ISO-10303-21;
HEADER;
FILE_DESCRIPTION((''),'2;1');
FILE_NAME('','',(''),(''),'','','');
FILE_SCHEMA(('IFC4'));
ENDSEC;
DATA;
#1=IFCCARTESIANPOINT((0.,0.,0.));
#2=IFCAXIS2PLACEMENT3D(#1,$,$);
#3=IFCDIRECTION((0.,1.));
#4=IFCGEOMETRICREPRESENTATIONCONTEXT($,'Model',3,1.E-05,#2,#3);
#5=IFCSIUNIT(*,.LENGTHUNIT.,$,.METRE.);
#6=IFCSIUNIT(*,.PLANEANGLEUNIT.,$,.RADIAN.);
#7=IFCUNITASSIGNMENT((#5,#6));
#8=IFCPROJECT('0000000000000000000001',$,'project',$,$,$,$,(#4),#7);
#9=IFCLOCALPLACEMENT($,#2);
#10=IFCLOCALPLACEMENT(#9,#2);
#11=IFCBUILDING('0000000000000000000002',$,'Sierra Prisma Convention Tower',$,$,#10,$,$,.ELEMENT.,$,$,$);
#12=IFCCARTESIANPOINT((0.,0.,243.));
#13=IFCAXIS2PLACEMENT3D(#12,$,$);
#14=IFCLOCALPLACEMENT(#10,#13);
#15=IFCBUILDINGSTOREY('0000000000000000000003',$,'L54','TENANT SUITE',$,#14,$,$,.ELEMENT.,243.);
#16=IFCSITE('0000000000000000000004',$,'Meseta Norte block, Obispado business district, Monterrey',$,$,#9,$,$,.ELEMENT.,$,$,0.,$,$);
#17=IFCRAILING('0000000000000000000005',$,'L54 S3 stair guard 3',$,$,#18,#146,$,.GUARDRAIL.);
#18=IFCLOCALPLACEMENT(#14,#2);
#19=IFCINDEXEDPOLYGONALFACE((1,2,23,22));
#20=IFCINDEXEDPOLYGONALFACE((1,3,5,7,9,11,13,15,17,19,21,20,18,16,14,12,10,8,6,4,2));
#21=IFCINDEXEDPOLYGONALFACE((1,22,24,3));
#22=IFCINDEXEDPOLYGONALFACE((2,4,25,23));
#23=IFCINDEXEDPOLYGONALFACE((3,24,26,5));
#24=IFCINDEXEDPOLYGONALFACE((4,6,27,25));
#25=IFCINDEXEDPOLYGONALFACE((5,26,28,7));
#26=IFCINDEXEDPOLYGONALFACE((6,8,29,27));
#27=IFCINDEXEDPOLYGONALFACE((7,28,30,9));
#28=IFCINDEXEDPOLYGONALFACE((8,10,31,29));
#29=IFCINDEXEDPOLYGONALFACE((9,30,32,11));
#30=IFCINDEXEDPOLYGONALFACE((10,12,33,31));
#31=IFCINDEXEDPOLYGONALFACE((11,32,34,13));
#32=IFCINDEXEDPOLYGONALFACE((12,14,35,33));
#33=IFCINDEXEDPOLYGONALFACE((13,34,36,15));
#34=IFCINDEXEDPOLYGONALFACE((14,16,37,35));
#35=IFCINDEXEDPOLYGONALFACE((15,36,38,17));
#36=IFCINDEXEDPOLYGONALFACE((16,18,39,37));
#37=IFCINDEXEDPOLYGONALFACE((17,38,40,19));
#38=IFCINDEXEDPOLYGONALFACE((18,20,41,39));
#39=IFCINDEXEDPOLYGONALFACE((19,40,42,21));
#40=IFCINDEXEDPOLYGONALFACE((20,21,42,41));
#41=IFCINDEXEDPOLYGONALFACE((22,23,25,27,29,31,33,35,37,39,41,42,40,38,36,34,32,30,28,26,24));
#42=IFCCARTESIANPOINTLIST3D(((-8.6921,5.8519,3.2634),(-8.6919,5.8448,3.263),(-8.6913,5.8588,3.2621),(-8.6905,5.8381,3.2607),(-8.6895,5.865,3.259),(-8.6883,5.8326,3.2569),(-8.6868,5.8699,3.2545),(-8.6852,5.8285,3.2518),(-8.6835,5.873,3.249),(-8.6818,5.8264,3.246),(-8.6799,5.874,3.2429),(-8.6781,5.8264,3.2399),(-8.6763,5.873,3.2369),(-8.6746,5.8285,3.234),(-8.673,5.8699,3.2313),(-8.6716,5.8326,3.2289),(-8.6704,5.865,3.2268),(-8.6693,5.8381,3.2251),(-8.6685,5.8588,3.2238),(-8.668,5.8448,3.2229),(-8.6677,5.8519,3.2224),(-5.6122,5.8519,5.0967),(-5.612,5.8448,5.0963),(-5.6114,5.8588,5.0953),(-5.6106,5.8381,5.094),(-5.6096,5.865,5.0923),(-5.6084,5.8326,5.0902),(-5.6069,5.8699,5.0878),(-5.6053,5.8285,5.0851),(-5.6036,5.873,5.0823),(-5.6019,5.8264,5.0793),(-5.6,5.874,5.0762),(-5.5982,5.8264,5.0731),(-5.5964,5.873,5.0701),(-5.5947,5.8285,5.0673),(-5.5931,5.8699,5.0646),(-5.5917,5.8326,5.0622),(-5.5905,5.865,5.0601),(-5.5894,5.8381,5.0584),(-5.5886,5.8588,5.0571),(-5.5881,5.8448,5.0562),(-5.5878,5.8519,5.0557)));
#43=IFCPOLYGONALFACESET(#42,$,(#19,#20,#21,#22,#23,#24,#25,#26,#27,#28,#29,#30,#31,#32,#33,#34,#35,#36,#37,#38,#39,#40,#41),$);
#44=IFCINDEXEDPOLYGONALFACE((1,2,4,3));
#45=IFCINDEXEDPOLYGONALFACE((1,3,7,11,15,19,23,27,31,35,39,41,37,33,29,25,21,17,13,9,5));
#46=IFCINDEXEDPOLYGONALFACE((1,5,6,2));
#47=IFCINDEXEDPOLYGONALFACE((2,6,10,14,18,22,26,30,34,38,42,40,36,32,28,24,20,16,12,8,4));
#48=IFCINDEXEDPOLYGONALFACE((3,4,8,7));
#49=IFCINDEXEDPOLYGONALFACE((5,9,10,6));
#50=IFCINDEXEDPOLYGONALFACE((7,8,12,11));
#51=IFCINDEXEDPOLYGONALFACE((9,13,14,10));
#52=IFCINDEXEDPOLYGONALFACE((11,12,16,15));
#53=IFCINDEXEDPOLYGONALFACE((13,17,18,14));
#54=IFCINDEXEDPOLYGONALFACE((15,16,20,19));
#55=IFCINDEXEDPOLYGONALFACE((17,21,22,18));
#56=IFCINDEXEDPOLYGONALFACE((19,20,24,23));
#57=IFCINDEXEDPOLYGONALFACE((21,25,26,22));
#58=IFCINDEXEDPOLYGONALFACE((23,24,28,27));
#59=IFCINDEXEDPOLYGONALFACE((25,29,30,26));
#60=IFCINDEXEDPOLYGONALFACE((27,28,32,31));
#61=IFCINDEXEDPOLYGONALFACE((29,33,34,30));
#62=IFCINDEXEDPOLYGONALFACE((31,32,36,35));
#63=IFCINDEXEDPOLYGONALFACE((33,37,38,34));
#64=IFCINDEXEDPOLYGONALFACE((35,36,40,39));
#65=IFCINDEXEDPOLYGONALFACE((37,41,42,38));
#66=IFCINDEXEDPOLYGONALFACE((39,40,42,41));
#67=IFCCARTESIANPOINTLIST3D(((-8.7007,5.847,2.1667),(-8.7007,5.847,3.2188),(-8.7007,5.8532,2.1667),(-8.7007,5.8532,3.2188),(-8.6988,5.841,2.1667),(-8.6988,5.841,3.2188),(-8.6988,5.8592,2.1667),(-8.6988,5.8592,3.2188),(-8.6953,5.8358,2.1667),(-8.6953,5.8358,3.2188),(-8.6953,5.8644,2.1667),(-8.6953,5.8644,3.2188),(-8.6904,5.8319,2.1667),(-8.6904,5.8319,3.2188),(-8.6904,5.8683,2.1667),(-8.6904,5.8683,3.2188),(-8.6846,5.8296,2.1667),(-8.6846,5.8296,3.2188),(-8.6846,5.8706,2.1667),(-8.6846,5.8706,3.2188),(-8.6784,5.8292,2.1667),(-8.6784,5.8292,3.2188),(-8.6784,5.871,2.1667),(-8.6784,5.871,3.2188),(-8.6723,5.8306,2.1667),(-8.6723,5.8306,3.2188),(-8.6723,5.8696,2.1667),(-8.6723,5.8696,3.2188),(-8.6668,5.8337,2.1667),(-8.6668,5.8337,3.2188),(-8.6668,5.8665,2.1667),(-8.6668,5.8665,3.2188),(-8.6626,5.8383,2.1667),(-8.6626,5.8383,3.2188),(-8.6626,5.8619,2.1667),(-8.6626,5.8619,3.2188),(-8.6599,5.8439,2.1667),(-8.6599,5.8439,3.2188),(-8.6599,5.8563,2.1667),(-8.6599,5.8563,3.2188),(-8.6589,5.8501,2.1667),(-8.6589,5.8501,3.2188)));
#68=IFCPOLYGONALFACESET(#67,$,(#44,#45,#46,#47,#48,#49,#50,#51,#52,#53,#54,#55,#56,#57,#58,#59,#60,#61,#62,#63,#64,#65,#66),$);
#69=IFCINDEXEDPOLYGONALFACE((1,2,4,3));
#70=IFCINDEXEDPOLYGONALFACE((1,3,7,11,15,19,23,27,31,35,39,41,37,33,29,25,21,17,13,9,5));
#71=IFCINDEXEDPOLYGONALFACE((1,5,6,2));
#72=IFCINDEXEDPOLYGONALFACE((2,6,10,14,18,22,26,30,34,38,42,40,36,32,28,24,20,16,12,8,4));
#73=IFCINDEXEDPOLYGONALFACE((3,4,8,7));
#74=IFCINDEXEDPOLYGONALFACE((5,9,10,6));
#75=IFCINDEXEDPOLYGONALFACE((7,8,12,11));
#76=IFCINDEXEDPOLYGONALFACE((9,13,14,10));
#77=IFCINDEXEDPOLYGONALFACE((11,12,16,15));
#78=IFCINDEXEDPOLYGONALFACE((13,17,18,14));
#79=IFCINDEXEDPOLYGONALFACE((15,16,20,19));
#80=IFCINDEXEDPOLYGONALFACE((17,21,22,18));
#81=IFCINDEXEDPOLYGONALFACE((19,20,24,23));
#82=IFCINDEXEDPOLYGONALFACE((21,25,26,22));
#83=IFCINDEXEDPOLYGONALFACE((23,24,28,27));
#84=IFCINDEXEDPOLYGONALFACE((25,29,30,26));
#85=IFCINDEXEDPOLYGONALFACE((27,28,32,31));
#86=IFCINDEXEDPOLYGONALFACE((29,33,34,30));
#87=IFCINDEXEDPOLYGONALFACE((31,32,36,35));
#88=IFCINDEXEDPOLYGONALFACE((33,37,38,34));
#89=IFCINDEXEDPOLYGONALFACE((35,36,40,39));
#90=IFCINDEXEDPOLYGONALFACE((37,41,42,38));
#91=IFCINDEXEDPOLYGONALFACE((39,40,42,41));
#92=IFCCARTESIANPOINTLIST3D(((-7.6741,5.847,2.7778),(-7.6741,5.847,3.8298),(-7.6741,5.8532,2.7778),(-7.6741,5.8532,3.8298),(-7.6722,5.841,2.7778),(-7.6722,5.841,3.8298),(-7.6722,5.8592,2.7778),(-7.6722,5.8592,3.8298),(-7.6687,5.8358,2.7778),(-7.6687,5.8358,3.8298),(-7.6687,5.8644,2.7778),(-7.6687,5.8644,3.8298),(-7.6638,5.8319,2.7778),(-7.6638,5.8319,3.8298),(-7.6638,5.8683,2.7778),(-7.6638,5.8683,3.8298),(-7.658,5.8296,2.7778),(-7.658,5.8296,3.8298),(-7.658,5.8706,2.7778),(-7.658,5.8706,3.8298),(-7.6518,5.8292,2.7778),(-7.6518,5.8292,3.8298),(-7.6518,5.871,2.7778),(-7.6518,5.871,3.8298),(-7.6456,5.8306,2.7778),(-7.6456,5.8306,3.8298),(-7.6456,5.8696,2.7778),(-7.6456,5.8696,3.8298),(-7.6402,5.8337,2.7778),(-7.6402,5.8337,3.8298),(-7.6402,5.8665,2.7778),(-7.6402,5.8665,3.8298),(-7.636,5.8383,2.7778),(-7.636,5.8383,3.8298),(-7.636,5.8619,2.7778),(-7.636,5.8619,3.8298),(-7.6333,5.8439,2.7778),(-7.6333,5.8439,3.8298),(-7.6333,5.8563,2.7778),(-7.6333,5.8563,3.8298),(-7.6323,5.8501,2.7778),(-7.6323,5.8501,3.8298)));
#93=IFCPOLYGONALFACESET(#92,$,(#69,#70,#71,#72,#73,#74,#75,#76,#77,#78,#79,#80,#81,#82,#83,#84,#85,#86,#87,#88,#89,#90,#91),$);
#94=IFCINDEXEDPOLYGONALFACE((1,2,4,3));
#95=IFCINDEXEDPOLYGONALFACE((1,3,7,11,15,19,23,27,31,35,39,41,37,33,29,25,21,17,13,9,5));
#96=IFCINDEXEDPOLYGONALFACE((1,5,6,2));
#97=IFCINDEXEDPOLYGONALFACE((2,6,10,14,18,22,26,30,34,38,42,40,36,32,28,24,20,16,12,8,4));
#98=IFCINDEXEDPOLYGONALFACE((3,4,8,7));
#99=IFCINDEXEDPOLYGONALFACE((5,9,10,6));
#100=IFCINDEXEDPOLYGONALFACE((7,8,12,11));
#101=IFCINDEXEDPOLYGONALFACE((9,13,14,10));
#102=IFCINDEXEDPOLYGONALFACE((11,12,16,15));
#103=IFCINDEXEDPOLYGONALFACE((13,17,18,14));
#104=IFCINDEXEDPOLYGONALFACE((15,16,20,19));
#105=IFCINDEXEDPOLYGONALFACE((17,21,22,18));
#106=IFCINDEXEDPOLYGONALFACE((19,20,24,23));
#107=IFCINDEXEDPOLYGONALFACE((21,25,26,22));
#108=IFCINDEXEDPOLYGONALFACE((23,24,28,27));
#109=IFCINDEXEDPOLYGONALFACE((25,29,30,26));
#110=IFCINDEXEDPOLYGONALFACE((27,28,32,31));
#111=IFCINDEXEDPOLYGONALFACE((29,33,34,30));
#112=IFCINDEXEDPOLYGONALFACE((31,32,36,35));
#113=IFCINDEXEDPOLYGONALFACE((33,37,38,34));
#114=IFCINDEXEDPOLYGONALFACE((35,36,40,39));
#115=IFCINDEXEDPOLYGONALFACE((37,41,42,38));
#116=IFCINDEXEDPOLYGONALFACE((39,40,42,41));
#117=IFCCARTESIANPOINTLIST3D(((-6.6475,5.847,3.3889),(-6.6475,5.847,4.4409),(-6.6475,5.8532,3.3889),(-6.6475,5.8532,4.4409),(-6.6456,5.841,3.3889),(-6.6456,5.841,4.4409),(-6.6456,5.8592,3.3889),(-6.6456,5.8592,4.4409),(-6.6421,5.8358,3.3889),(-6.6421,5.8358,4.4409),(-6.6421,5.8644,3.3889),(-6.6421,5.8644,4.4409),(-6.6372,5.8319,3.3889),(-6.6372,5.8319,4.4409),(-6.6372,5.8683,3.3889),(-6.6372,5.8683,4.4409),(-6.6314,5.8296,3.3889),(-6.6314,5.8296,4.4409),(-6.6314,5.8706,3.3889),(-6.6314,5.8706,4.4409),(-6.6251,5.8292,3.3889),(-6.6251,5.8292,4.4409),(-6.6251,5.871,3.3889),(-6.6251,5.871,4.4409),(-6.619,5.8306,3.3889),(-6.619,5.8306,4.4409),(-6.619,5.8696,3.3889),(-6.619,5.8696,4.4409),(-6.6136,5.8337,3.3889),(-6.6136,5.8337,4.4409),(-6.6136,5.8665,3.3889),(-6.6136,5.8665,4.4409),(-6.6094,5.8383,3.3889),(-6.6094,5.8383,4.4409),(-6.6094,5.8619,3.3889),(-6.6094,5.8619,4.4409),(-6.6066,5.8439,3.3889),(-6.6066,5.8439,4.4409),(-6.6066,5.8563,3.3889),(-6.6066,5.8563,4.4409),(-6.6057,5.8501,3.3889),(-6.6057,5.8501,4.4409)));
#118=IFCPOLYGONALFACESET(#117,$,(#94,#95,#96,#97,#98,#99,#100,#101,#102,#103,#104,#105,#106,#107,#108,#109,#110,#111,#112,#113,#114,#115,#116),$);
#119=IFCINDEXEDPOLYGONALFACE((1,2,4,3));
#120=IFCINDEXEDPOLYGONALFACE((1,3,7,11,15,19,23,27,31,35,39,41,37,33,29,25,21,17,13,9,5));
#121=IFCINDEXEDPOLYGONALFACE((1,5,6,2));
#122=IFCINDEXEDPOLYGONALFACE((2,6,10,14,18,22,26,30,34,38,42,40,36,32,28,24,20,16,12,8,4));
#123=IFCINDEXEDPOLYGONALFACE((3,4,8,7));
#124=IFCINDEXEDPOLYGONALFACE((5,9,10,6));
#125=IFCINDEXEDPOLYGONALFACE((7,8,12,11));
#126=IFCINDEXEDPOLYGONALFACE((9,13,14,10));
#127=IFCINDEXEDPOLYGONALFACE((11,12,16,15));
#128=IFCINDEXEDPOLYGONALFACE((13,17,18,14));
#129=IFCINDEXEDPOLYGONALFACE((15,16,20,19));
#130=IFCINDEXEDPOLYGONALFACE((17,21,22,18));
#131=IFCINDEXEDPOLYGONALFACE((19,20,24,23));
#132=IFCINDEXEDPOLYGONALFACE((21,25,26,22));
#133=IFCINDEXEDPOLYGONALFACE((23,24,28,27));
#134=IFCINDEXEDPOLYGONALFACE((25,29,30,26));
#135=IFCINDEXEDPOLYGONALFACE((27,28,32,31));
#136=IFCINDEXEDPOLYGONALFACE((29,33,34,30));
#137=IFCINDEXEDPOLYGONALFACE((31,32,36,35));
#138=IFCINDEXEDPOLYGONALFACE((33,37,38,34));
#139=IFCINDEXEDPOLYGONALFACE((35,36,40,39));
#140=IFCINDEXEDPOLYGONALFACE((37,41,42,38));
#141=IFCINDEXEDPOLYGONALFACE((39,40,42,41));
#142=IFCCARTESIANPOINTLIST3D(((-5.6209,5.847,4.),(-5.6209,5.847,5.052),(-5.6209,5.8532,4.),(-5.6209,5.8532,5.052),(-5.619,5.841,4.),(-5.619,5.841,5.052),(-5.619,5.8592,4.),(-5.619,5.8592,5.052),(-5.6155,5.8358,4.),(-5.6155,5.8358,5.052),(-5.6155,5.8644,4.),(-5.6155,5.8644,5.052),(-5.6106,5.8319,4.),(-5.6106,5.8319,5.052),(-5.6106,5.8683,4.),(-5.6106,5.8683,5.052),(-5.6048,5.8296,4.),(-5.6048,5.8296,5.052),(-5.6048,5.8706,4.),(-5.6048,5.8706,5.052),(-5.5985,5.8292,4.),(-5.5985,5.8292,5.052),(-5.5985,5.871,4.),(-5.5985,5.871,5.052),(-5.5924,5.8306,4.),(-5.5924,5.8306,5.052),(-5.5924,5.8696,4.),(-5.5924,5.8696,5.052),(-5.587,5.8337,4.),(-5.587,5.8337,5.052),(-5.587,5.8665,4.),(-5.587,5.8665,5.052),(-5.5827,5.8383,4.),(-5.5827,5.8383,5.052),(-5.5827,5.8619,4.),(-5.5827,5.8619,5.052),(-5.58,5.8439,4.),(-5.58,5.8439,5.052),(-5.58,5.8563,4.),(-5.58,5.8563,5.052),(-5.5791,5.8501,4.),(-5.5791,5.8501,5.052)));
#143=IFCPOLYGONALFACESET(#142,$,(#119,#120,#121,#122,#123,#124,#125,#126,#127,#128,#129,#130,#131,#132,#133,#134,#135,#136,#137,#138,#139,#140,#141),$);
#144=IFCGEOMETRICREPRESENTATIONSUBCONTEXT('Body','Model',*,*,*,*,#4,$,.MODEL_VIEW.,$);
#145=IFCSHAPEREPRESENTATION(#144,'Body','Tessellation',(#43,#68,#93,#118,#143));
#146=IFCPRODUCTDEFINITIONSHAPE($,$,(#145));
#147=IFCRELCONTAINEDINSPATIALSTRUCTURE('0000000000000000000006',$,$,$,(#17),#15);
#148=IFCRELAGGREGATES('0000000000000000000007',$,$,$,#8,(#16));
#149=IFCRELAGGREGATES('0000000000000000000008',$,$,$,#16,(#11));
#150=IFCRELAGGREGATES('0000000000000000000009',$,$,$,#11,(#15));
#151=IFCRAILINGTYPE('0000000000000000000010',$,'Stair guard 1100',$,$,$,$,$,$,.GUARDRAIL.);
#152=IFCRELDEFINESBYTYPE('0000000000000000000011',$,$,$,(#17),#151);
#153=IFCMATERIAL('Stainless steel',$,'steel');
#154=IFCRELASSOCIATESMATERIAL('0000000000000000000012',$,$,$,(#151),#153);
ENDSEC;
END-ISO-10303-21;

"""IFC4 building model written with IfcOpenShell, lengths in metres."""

from ifc_helpers import new_model, si_unit, direction, frame, origin, origin_2d, place, context, subcontext, project, spatial, circle, extrude, material, type_object, element, save


model = new_model("IFC4")

# Units and contexts
model_context = context("Model", 3, precision=1e-05, world=origin(), true_north=direction((0.0, 1.0)))
body_context = subcontext(model_context, "Body", "Model", "MODEL_VIEW")
ifc_project = project(units=[si_unit("LENGTHUNIT", "METRE"), si_unit("PLANEANGLEUNIT", "RADIAN")], contexts=[model_context])

# Site, building, storey
site_placement = place(None, origin())
site = spatial("IfcSite", under=ifc_project, at=site_placement, Name="Meseta Norte block, Obispado business district, Monterrey", CompositionType="ELEMENT", RefElevation=0.0)
building_placement = place(site_placement, origin())
building = spatial("IfcBuilding", under=site, at=building_placement, Name="Sierra Prisma Convention Tower", CompositionType="ELEMENT")
storey_placement = place(building_placement, frame((0.0, 0.0, 243.0)))
storey = spatial("IfcBuildingStorey", under=building, at=storey_placement, Name="L54", Description="TENANT SUITE", CompositionType="ELEMENT", Elevation=243.0)

# Railing
ifc_material_1 = material(Name="Stainless steel", Category="steel")
railing_type_1 = type_object("IfcRailingType", Name="Stair guard 1100", PredefinedType="GUARDRAIL", material=ifc_material_1)
railing_1_placement = place(storey_placement, frame((-8.6799, 5.8501, 2.1667)))
element("IfcRailing", 1, at=railing_1_placement, inside=storey, type_object=railing_type_1, Name="L54 S3 stair guard 3", PredefinedType="GUARDRAIL", context=body_context, shape_type="SweptSolid", body=[
    extrude(circle(Radius=0.0239, at=origin_2d()), frame((0.0, 0.0, 1.0762), z_axis=(0.859291, 0.0, 0.511487), x_axis=(0.0, 1.0, 0.0)), (0.0, 0.0, 1.0), 3.5842),
    extrude(circle(Radius=0.021, at=origin_2d()), origin(), (0.0, 0.0, 1.0), 1.052),
    extrude(circle(Radius=0.021, at=origin_2d()), frame((1.0266, 0.0, 0.6111)), (0.0, 0.0, 1.0), 1.052),
    extrude(circle(Radius=0.021, at=origin_2d()), frame((2.0532, 0.0, 1.2222)), (0.0, 0.0, 1.0), 1.052),
    extrude(circle(Radius=0.021, at=origin_2d()), frame((3.0798, 0.0, 1.8333)), (0.0, 0.0, 1.0), 1.052),
])

save(model, "model.ifc")
